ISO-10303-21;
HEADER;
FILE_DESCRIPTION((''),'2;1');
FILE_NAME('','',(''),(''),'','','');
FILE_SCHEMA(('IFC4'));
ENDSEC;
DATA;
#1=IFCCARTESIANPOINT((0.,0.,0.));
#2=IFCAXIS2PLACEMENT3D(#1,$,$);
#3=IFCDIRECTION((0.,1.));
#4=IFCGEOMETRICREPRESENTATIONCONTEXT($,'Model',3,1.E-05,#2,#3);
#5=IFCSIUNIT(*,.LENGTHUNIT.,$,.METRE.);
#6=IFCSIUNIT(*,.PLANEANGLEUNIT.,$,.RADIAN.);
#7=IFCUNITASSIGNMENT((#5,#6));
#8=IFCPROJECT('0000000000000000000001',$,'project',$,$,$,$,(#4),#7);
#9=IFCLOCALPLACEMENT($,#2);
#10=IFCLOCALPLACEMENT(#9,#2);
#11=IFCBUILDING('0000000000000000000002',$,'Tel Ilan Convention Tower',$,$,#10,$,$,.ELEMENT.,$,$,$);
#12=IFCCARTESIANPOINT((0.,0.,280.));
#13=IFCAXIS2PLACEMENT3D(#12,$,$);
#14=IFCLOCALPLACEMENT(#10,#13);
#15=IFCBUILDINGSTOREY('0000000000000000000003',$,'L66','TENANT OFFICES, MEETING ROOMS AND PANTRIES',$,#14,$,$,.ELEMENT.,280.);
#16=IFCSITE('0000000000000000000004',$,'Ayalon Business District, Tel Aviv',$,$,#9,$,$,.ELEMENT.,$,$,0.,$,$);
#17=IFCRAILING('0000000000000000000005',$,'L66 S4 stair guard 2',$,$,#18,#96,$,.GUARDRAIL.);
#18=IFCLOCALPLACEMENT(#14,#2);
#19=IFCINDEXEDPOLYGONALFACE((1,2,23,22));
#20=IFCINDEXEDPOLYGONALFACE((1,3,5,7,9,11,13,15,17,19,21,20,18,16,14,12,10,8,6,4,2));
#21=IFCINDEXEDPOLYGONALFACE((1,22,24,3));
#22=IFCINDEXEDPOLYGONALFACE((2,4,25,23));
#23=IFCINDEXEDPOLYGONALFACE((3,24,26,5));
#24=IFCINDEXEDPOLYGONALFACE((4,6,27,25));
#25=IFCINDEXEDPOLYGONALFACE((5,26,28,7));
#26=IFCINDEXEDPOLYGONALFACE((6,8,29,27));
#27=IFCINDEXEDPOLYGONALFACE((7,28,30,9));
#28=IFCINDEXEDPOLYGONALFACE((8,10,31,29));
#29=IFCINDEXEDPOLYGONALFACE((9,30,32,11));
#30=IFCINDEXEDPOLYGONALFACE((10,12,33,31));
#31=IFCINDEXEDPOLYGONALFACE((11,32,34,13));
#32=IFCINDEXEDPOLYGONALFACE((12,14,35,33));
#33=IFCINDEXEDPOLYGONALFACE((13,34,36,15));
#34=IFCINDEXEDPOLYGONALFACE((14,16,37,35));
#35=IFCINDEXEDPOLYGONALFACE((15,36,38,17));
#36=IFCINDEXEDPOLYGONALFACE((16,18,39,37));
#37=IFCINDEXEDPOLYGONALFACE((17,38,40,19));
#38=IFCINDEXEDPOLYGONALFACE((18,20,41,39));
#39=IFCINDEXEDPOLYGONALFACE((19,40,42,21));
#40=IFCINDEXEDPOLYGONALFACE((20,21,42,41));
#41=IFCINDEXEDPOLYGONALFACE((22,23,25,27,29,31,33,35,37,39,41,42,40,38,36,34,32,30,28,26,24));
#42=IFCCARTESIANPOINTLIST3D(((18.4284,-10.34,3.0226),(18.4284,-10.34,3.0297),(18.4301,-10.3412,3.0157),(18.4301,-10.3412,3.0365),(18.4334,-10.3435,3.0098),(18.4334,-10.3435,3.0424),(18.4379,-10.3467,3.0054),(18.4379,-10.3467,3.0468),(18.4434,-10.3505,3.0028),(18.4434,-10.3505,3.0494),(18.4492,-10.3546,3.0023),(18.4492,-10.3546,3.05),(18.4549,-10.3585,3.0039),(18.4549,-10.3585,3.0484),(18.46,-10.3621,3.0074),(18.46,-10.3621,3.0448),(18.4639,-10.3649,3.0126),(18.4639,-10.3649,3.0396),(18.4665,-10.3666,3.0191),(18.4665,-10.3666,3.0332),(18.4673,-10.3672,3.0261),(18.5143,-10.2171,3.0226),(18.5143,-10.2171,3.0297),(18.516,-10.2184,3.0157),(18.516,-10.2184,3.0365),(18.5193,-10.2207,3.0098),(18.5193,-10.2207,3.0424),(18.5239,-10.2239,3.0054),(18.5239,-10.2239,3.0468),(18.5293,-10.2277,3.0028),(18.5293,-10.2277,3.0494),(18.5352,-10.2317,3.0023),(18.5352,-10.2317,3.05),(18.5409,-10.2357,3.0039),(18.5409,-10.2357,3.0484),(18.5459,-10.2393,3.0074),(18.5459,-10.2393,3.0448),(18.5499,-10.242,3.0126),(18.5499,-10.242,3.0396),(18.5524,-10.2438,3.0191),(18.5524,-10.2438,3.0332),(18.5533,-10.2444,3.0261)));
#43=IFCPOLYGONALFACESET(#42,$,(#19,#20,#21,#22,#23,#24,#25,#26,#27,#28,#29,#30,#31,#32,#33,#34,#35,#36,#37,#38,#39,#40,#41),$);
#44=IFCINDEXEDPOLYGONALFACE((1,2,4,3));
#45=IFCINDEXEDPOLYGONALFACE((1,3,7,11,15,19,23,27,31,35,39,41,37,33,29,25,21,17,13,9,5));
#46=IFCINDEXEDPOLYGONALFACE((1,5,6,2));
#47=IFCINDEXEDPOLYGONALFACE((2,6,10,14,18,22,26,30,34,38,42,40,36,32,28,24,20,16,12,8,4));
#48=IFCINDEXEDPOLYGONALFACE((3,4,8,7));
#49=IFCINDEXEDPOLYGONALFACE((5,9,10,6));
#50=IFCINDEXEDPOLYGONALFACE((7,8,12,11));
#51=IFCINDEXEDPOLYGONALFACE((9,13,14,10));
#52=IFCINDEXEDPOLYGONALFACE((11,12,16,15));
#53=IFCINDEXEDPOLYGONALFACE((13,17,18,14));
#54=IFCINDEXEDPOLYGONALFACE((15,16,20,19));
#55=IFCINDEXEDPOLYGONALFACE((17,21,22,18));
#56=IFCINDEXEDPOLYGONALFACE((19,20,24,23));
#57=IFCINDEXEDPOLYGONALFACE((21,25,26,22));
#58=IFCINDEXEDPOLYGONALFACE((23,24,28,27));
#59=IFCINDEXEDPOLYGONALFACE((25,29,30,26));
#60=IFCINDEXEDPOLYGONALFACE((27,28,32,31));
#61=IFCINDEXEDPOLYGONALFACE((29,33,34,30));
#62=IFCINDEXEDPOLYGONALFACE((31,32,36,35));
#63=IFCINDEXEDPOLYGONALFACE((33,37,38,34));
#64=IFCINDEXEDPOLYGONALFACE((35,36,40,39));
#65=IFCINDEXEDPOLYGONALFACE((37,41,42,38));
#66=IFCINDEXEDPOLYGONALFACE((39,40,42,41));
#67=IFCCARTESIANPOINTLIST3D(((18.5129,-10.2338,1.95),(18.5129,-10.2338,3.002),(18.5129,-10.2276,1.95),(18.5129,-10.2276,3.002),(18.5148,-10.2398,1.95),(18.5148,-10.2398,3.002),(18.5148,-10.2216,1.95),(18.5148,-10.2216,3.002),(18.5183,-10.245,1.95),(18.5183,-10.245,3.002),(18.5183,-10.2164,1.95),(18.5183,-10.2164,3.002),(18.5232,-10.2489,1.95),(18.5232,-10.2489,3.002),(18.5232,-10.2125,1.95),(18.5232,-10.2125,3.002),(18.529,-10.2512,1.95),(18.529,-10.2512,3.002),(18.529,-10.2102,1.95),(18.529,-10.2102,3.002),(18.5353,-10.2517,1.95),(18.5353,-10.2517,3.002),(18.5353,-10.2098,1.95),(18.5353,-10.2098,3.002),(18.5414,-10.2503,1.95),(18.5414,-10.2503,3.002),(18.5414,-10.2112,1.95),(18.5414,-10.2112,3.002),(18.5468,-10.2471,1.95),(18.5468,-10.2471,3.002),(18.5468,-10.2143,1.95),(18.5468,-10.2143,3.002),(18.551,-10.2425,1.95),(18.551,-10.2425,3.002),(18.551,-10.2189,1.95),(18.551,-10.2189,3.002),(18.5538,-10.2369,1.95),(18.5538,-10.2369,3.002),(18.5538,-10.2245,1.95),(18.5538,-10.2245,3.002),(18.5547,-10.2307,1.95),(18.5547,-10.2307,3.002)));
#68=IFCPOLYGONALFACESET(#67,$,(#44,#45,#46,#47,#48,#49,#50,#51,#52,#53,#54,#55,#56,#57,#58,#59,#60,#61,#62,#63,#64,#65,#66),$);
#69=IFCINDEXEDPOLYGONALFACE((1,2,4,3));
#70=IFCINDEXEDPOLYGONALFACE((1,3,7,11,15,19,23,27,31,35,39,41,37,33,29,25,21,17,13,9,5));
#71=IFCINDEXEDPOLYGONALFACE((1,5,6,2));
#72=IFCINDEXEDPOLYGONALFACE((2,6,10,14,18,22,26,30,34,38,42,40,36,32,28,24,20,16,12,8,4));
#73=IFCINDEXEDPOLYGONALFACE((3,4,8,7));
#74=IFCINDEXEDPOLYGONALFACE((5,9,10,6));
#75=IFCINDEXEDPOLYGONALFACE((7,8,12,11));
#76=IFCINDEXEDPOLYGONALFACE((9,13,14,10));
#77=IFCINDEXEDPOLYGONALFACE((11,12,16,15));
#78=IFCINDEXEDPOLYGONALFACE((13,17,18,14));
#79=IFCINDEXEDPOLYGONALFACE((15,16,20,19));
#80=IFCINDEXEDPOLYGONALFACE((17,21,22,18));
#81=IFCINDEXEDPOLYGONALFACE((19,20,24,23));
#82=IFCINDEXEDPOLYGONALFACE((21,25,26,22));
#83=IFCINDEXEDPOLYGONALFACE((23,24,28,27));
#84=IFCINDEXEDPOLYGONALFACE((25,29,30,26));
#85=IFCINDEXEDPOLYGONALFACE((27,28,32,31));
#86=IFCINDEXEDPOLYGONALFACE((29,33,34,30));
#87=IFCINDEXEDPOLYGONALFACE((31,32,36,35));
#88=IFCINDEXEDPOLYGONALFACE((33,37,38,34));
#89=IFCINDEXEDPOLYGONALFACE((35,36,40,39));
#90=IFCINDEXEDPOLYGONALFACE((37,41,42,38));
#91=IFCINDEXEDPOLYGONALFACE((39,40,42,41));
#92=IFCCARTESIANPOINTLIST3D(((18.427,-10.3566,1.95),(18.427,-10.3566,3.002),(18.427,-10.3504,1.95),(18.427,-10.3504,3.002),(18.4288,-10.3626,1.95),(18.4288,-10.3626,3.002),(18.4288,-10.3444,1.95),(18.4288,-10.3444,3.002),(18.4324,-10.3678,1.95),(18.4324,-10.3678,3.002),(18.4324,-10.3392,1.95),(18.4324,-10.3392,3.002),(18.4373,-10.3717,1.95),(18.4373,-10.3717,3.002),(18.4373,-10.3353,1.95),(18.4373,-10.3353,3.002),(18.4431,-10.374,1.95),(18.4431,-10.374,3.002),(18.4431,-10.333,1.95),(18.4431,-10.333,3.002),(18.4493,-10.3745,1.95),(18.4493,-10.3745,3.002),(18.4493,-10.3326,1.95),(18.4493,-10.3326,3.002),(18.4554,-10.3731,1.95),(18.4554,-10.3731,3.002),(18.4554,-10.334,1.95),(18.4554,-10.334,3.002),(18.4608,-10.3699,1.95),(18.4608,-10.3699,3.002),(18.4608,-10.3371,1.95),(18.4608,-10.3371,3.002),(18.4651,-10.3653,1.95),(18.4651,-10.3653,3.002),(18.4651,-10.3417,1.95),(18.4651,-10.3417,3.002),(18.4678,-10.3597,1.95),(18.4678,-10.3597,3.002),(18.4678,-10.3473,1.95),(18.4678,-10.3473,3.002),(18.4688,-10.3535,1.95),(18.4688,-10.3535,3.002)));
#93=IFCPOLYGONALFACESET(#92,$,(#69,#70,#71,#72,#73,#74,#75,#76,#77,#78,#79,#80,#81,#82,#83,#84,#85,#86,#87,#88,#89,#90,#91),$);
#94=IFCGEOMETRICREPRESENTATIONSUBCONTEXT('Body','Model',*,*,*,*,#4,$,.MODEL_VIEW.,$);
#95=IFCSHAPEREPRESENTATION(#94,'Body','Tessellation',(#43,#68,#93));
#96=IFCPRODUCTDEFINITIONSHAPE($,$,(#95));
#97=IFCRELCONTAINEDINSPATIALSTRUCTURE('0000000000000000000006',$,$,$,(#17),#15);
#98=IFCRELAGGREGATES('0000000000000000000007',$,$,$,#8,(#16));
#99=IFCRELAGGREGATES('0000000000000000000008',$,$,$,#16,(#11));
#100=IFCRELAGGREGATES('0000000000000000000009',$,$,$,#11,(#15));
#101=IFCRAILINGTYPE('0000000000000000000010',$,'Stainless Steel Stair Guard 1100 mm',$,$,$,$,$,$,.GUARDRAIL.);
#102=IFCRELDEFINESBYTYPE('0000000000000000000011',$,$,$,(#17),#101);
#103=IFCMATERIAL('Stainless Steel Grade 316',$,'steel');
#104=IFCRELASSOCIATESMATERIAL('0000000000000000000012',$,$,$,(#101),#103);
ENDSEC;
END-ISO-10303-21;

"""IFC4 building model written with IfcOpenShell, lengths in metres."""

from ifc_helpers import new_model, si_unit, direction, frame, origin, origin_2d, place, context, subcontext, project, spatial, circle, extrude, material, type_object, element, save


model = new_model("IFC4")

# Units and contexts
model_context = context("Model", 3, precision=1e-05, world=origin(), true_north=direction((0.0, 1.0)))
body_context = subcontext(model_context, "Body", "Model", "MODEL_VIEW")
ifc_project = project(units=[si_unit("LENGTHUNIT", "METRE"), si_unit("PLANEANGLEUNIT", "RADIAN")], contexts=[model_context])

# Site, building, storey
site_placement = place(None, origin())
site = spatial("IfcSite", under=ifc_project, at=site_placement, Name="Ayalon Business District, Tel Aviv", CompositionType="ELEMENT", RefElevation=0.0)
building_placement = place(site_placement, origin())
building = spatial("IfcBuilding", under=site, at=building_placement, Name="Tel Ilan Convention Tower", CompositionType="ELEMENT")
storey_placement = place(building_placement, frame((0.0, 0.0, 280.0)))
storey = spatial("IfcBuildingStorey", under=building, at=storey_placement, Name="L66", Description="TENANT OFFICES, MEETING ROOMS AND PANTRIES", CompositionType="ELEMENT", Elevation=280.0)

# Railing
ifc_material_1 = material(Name="Stainless Steel Grade 316", Category="steel")
railing_type_1 = type_object("IfcRailingType", Name="Stainless Steel Stair Guard 1100 mm", PredefinedType="GUARDRAIL", material=ifc_material_1)
railing_1_placement = place(storey_placement, frame((18.5337, -10.2307, 1.95)))
element("IfcRailing", 1, at=railing_1_placement, inside=storey, type_object=railing_type_1, Name="L66 S4 stair guard 2", PredefinedType="GUARDRAIL", context=body_context, shape_type="SweptSolid", body=[
    extrude(circle(Radius=0.0239, at=origin_2d()), frame((0.0, 0.0, 1.0762), z_axis=(-0.573353, -0.819308, 0.0), x_axis=(0.819308, -0.573353, 0.0)), (0.0, 0.0, 1.0), 0.1499),
    extrude(circle(Radius=0.021, at=origin_2d()), origin(), (0.0, 0.0, 1.0), 1.052),
    extrude(circle(Radius=0.021, at=origin_2d()), frame((-0.0859, -0.1228, 0.0)), (0.0, 0.0, 1.0), 1.052),
])

save(model, "model.ifc")
